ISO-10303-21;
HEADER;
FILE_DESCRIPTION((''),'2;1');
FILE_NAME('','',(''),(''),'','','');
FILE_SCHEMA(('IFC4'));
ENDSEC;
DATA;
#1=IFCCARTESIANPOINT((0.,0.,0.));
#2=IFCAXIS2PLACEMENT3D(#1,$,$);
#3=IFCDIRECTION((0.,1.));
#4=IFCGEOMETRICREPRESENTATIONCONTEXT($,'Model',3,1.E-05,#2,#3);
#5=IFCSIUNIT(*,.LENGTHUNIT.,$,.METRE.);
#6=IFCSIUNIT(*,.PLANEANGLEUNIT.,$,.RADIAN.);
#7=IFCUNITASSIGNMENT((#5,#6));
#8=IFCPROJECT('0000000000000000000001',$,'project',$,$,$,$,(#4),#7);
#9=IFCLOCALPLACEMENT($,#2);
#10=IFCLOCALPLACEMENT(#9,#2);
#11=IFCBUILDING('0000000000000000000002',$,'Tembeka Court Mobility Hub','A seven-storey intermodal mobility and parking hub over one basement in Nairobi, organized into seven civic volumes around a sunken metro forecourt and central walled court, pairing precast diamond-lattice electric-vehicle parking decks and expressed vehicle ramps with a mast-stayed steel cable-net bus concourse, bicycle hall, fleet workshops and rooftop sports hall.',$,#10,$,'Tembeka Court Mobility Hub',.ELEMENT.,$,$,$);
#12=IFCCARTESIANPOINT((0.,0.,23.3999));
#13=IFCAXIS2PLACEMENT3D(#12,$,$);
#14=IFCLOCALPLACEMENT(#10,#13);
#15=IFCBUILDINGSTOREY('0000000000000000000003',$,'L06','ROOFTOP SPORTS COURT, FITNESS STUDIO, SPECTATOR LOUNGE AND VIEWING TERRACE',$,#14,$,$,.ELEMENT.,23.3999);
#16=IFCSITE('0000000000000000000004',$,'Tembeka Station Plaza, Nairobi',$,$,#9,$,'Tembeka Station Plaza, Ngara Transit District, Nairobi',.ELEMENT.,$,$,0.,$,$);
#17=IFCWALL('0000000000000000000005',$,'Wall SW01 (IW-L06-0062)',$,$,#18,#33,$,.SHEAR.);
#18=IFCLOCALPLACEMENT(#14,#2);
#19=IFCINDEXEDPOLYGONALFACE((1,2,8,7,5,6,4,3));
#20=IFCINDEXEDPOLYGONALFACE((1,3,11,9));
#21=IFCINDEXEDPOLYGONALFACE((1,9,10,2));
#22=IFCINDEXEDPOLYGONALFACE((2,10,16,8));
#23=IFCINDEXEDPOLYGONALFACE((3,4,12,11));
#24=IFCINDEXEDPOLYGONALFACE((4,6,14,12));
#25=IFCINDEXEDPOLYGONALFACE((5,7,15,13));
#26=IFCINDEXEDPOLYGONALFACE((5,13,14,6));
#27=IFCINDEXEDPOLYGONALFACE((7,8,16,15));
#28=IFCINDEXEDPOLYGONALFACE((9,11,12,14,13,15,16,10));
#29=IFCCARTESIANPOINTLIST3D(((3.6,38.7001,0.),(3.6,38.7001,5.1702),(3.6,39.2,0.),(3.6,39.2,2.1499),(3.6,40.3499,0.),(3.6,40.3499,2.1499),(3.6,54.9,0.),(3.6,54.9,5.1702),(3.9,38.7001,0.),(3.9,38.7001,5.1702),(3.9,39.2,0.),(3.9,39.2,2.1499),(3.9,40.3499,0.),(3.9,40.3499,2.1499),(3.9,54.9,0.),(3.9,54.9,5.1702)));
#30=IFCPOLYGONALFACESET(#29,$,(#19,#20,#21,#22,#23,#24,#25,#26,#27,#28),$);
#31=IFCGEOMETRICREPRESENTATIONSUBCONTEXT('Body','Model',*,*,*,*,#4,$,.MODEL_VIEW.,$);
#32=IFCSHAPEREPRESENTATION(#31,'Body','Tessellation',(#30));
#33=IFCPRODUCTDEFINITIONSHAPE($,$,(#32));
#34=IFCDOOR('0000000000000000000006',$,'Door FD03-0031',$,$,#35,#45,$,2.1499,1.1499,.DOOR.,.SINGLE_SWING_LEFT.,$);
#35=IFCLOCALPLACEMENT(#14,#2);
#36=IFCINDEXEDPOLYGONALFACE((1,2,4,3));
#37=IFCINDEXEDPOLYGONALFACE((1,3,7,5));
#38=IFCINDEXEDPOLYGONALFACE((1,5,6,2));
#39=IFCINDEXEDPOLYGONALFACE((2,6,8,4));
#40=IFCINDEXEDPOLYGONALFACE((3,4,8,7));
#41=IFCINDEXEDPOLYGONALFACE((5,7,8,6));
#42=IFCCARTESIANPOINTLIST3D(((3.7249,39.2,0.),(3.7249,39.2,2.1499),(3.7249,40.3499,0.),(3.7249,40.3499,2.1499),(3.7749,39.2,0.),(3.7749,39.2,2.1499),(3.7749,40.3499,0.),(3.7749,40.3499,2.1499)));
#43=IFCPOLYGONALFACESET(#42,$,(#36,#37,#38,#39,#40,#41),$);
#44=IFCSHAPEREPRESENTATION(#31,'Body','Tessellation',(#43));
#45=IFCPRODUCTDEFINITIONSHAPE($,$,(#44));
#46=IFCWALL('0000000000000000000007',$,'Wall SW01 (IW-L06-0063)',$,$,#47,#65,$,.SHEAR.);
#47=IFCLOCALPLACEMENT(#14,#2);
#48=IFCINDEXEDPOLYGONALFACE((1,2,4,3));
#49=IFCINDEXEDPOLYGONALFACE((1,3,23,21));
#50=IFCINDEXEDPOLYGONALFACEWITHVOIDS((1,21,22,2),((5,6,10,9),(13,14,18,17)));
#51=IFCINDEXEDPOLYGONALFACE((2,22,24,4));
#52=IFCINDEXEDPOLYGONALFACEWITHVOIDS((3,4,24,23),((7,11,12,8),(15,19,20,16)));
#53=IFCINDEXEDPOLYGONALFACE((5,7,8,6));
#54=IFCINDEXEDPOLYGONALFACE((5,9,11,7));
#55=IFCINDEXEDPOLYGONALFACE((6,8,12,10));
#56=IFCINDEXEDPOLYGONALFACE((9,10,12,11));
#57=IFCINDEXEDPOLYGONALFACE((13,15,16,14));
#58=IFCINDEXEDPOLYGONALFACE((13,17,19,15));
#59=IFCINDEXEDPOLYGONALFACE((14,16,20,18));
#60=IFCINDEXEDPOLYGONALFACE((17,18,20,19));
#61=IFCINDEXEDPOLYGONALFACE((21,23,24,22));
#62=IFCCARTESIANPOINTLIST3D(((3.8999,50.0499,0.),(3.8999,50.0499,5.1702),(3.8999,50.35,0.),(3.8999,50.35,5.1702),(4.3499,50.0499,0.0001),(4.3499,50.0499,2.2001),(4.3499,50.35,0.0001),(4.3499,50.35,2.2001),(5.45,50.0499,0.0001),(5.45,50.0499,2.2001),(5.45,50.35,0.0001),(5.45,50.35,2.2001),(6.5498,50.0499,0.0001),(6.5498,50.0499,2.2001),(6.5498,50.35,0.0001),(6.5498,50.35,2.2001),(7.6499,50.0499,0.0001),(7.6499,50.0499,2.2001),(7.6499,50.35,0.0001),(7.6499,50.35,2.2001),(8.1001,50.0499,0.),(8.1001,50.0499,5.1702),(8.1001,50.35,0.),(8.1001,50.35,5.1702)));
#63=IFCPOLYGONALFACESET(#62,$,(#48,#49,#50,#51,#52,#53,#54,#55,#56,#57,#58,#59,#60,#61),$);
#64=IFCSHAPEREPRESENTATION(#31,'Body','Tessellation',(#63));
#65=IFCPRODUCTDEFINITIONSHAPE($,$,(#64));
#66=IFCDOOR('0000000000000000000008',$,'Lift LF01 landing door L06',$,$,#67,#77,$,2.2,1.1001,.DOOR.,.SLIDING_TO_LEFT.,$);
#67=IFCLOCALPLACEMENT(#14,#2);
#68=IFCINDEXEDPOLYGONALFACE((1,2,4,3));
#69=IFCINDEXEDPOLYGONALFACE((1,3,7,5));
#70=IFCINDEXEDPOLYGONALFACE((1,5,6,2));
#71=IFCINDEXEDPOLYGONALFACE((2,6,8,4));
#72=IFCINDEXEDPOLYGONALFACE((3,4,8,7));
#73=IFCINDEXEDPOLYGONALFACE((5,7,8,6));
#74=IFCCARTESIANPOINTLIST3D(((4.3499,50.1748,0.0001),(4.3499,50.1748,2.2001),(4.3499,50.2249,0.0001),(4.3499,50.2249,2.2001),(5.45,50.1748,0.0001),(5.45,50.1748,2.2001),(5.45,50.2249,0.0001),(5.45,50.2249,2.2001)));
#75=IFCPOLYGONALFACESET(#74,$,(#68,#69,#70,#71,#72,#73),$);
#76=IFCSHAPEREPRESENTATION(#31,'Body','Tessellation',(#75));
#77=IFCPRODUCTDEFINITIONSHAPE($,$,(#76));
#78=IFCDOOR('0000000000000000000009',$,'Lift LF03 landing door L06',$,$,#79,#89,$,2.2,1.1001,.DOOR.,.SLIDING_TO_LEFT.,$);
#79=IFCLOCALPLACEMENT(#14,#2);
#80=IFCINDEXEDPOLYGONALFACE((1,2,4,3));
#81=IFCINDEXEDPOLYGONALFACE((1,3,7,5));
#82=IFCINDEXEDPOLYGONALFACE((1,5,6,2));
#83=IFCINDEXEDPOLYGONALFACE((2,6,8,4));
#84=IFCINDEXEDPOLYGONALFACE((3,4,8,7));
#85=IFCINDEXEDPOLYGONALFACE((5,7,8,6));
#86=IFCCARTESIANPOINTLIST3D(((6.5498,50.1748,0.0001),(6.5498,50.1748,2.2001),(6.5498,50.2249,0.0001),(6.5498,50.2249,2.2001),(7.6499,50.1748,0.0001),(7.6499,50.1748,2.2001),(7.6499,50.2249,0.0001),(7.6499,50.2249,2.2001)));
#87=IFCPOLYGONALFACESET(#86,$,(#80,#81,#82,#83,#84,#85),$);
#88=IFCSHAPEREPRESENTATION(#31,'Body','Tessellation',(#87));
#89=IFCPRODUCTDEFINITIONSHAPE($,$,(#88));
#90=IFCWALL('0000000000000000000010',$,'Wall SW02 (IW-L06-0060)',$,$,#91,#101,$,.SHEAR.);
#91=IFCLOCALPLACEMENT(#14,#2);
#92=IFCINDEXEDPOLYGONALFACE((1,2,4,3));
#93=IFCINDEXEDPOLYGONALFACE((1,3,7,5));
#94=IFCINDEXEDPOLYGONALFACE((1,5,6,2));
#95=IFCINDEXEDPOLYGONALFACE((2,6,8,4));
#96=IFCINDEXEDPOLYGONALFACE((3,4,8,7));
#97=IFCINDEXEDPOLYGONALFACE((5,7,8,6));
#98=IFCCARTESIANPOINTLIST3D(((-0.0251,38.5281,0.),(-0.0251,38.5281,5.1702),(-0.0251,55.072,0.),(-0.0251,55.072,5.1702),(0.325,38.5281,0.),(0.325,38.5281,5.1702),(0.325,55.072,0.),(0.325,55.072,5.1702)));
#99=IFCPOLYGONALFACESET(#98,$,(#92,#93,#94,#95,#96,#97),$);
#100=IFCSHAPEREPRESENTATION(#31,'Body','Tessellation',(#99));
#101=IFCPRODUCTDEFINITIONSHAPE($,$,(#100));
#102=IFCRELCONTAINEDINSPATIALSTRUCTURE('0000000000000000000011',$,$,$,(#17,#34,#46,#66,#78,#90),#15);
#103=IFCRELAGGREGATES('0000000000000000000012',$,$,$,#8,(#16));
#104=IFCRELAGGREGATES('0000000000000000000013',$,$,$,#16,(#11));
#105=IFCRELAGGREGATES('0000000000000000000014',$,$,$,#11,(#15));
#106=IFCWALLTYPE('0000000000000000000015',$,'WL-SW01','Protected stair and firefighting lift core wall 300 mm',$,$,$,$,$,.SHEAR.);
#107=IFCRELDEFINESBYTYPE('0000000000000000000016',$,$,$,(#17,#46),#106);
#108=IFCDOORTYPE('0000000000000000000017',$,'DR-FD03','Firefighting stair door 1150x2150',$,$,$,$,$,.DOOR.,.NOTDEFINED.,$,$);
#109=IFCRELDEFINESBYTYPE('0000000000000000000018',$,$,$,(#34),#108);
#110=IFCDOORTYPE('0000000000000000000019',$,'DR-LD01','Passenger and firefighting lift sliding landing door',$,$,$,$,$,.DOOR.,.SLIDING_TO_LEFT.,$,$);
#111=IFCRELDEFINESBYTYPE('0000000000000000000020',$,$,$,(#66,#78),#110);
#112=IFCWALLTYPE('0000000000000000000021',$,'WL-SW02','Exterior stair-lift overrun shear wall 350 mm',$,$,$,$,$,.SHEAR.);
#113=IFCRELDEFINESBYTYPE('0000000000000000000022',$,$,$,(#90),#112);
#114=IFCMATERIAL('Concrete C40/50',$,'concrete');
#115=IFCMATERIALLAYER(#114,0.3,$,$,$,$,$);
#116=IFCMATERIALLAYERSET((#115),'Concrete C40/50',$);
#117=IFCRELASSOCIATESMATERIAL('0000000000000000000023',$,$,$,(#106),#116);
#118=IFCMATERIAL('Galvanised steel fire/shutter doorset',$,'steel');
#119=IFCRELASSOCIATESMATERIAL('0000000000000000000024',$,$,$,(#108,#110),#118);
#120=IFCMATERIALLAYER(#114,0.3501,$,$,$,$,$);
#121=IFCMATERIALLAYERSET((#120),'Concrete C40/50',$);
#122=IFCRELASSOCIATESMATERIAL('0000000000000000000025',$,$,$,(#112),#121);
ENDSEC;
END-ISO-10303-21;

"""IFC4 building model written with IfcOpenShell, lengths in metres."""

from ifc_helpers import new_model, si_unit, direction, frame, frame_2d, origin, place, context, subcontext, project, spatial, rectangle, extrude, material, layer, layer_set, type_object, element, fill, save


model = new_model("IFC4")

# Units and contexts
model_context = context("Model", 3, precision=1e-05, world=origin(), true_north=direction((0.0, 1.0)))
body_context = subcontext(model_context, "Body", "Model", "MODEL_VIEW")
ifc_project = project(units=[si_unit("LENGTHUNIT", "METRE"), si_unit("PLANEANGLEUNIT", "RADIAN")], contexts=[model_context])

# Site, building, storey
site_placement = place(None, origin())
site = spatial("IfcSite", under=ifc_project, at=site_placement, Name="Tembeka Station Plaza, Nairobi", LongName="Tembeka Station Plaza, Ngara Transit District, Nairobi", CompositionType="ELEMENT", RefElevation=0.0)
building_placement = place(site_placement, origin())
building = spatial("IfcBuilding", under=site, at=building_placement, Name="Tembeka Court Mobility Hub", Description="A seven-storey intermodal mobility and parking hub over one basement in Nairobi, organized into seven civic volumes around a sunken metro forecourt and central walled court, pairing precast diamond-lattice electric-vehicle parking decks and expressed vehicle ramps with a mast-stayed steel cable-net bus concourse, bicycle hall, fleet workshops and rooftop sports hall.", LongName="Tembeka Court Mobility Hub", CompositionType="ELEMENT")
storey_placement = place(building_placement, frame((0.0, 0.0, 23.3999)))
storey = spatial("IfcBuildingStorey", under=building, at=storey_placement, Name="L06", Description="ROOFTOP SPORTS COURT, FITNESS STUDIO, SPECTATOR LOUNGE AND VIEWING TERRACE", CompositionType="ELEMENT", Elevation=23.3999)

# Shared definitions
ifc_material_1 = material(Name="Concrete C40/50", Category="concrete")
ifc_layer_1 = layer(ifc_material_1, 0.3)
ifc_layer_set_1 = layer_set([ifc_layer_1], Name="Concrete C40/50")
wall_type_1 = type_object("IfcWallType", Name="WL-SW01", Description="Protected stair and firefighting lift core wall 300 mm", PredefinedType="SHEAR", material=ifc_layer_set_1)

# Wall, opening, door
ifc_material_2 = material(Name="Galvanised steel fire/shutter doorset", Category="steel")
wall_1_placement = place(storey_placement, frame((3.75, 38.7, 0.0), z_axis=(0.0, 0.0, 1.0), x_axis=(0.0, 1.0, 0.0)))
wall_1 = element("IfcWall", 1, at=wall_1_placement, inside=storey, type_object=wall_type_1, Name="Wall SW01 (IW-L06-0062)", PredefinedType="SHEAR", context=body_context, shape_type="SweptSolid", body=[
    extrude(rectangle(XDim=16.2, YDim=0.3, at=frame_2d((8.1001, 0.0))), origin(), (0.0, 0.0, 1.0), 5.1702),
])
opening_1_placement = place(wall_1_placement, frame((0.5, 0.0, 0.0)))
opening_1 = element("IfcOpeningElement", 2, at=opening_1_placement, cuts=wall_1, PredefinedType="OPENING", context=body_context, shape_type="SweptSolid", body=[
    extrude(rectangle(XDim=1.1499, YDim=2.1499, at=frame_2d((0.575, 1.075))), frame((0.0, 0.1602, 0.0), z_axis=(0.0, -1.0, 0.0), x_axis=(1.0, 0.0, 0.0)), (0.0, 0.0, 1.0), 0.3201),
])
door_type_1 = type_object("IfcDoorType", Name="DR-FD03", Description="Firefighting stair door 1150x2150", OperationType="NOTDEFINED", PredefinedType="DOOR", material=ifc_material_2)
door_1_placement = place(opening_1_placement, frame((1.1499, 0.0, 0.0), z_axis=(0.0, 0.0, 1.0), x_axis=(-1.0, 0.0, 0.0)))
door_1 = element("IfcDoor", 3, at=door_1_placement, inside=storey, type_object=door_type_1, Name="Door FD03-0031", OperationType="SINGLE_SWING_LEFT", OverallHeight=2.1499, OverallWidth=1.1499, PredefinedType="DOOR", context=body_context, shape_type="SweptSolid", body=[
    extrude(rectangle(XDim=1.1499, YDim=2.1499, at=frame_2d((0.575, 1.075))), frame((0.0, 0.0249, 0.0), z_axis=(0.0, -1.0, 0.0), x_axis=(1.0, 0.0, 0.0)), (0.0, 0.0, 1.0), 0.05),
])
fill(opening_1, door_1)

# Wall, openings, doors
wall_2_placement = place(storey_placement, frame((3.8999, 50.2, 0.0), z_axis=(0.0, 0.0, 1.0), x_axis=(1.0, 0.0, 0.0)))
wall_2 = element("IfcWall", 4, at=wall_2_placement, inside=storey, type_object=wall_type_1, Name="Wall SW01 (IW-L06-0063)", PredefinedType="SHEAR", context=body_context, shape_type="SweptSolid", body=[
    extrude(rectangle(XDim=4.2002, YDim=0.3, at=frame_2d((2.1001, 0.0))), origin(), (0.0, 0.0, 1.0), 5.1702),
])
opening_2_placement = place(wall_2_placement, frame((0.45, 0.0, 0.0)))
opening_2 = element("IfcOpeningElement", 5, at=opening_2_placement, cuts=wall_2, PredefinedType="OPENING", context=body_context, shape_type="SweptSolid", body=[
    extrude(rectangle(XDim=1.1001, YDim=2.2, at=frame_2d((0.55, 1.1001))), frame((0.0, 0.1602, 0.0), z_axis=(0.0, -1.0, 0.0), x_axis=(1.0, 0.0, 0.0)), (0.0, 0.0, 1.0), 0.3201),
])
opening_3_placement = place(wall_2_placement, frame((2.6499, 0.0, 0.0)))
opening_3 = element("IfcOpeningElement", 6, at=opening_3_placement, cuts=wall_2, PredefinedType="OPENING", context=body_context, shape_type="SweptSolid", body=[
    extrude(rectangle(XDim=1.1001, YDim=2.2, at=frame_2d((0.55, 1.1001))), frame((0.0, 0.1602, 0.0), z_axis=(0.0, -1.0, 0.0), x_axis=(1.0, 0.0, 0.0)), (0.0, 0.0, 1.0), 0.3201),
])
door_type_2 = type_object("IfcDoorType", Name="DR-LD01", Description="Passenger and firefighting lift sliding landing door", OperationType="SLIDING_TO_LEFT", PredefinedType="DOOR", material=ifc_material_2)
door_2_placement = place(opening_2_placement, origin())
door_2 = element("IfcDoor", 7, at=door_2_placement, inside=storey, type_object=door_type_2, Name="Lift LF01 landing door L06", OperationType="SLIDING_TO_LEFT", OverallHeight=2.2, OverallWidth=1.1001, PredefinedType="DOOR", context=body_context, shape_type="SweptSolid", body=[
    extrude(rectangle(XDim=1.1001, YDim=2.2, at=frame_2d((0.55, 1.1001))), frame((0.0, 0.0249, 0.0), z_axis=(0.0, -1.0, 0.0), x_axis=(1.0, 0.0, 0.0)), (0.0, 0.0, 1.0), 0.05),
])
fill(opening_2, door_2)
door_3_placement = place(opening_3_placement, origin())
door_3 = element("IfcDoor", 8, at=door_3_placement, inside=storey, type_object=door_type_2, Name="Lift LF03 landing door L06", OperationType="SLIDING_TO_LEFT", OverallHeight=2.2, OverallWidth=1.1001, PredefinedType="DOOR", context=body_context, shape_type="SweptSolid", body=[
    extrude(rectangle(XDim=1.1001, YDim=2.2, at=frame_2d((0.55, 1.1001))), frame((0.0, 0.0249, 0.0), z_axis=(0.0, -1.0, 0.0), x_axis=(1.0, 0.0, 0.0)), (0.0, 0.0, 1.0), 0.05),
])
fill(opening_3, door_3)

# Wall
ifc_layer_2 = layer(ifc_material_1, 0.3501)
ifc_layer_set_2 = layer_set([ifc_layer_2], Name="Concrete C40/50")
wall_type_2 = type_object("IfcWallType", Name="WL-SW02", Description="Exterior stair-lift overrun shear wall 350 mm", PredefinedType="SHEAR", material=ifc_layer_set_2)
wall_3_placement = place(storey_placement, frame((0.1499, 38.5281, 0.0), z_axis=(0.0, 0.0, 1.0), x_axis=(0.0, 1.0, 0.0)))
element("IfcWall", 9, at=wall_3_placement, inside=storey, type_object=wall_type_2, Name="Wall SW02 (IW-L06-0060)", PredefinedType="SHEAR", context=body_context, shape_type="SweptSolid", body=[
    extrude(rectangle(XDim=16.5439, YDim=0.3501, at=frame_2d((8.272, 0.0))), origin(), (0.0, 0.0, 1.0), 5.1702),
])

save(model, "model.ifc")
